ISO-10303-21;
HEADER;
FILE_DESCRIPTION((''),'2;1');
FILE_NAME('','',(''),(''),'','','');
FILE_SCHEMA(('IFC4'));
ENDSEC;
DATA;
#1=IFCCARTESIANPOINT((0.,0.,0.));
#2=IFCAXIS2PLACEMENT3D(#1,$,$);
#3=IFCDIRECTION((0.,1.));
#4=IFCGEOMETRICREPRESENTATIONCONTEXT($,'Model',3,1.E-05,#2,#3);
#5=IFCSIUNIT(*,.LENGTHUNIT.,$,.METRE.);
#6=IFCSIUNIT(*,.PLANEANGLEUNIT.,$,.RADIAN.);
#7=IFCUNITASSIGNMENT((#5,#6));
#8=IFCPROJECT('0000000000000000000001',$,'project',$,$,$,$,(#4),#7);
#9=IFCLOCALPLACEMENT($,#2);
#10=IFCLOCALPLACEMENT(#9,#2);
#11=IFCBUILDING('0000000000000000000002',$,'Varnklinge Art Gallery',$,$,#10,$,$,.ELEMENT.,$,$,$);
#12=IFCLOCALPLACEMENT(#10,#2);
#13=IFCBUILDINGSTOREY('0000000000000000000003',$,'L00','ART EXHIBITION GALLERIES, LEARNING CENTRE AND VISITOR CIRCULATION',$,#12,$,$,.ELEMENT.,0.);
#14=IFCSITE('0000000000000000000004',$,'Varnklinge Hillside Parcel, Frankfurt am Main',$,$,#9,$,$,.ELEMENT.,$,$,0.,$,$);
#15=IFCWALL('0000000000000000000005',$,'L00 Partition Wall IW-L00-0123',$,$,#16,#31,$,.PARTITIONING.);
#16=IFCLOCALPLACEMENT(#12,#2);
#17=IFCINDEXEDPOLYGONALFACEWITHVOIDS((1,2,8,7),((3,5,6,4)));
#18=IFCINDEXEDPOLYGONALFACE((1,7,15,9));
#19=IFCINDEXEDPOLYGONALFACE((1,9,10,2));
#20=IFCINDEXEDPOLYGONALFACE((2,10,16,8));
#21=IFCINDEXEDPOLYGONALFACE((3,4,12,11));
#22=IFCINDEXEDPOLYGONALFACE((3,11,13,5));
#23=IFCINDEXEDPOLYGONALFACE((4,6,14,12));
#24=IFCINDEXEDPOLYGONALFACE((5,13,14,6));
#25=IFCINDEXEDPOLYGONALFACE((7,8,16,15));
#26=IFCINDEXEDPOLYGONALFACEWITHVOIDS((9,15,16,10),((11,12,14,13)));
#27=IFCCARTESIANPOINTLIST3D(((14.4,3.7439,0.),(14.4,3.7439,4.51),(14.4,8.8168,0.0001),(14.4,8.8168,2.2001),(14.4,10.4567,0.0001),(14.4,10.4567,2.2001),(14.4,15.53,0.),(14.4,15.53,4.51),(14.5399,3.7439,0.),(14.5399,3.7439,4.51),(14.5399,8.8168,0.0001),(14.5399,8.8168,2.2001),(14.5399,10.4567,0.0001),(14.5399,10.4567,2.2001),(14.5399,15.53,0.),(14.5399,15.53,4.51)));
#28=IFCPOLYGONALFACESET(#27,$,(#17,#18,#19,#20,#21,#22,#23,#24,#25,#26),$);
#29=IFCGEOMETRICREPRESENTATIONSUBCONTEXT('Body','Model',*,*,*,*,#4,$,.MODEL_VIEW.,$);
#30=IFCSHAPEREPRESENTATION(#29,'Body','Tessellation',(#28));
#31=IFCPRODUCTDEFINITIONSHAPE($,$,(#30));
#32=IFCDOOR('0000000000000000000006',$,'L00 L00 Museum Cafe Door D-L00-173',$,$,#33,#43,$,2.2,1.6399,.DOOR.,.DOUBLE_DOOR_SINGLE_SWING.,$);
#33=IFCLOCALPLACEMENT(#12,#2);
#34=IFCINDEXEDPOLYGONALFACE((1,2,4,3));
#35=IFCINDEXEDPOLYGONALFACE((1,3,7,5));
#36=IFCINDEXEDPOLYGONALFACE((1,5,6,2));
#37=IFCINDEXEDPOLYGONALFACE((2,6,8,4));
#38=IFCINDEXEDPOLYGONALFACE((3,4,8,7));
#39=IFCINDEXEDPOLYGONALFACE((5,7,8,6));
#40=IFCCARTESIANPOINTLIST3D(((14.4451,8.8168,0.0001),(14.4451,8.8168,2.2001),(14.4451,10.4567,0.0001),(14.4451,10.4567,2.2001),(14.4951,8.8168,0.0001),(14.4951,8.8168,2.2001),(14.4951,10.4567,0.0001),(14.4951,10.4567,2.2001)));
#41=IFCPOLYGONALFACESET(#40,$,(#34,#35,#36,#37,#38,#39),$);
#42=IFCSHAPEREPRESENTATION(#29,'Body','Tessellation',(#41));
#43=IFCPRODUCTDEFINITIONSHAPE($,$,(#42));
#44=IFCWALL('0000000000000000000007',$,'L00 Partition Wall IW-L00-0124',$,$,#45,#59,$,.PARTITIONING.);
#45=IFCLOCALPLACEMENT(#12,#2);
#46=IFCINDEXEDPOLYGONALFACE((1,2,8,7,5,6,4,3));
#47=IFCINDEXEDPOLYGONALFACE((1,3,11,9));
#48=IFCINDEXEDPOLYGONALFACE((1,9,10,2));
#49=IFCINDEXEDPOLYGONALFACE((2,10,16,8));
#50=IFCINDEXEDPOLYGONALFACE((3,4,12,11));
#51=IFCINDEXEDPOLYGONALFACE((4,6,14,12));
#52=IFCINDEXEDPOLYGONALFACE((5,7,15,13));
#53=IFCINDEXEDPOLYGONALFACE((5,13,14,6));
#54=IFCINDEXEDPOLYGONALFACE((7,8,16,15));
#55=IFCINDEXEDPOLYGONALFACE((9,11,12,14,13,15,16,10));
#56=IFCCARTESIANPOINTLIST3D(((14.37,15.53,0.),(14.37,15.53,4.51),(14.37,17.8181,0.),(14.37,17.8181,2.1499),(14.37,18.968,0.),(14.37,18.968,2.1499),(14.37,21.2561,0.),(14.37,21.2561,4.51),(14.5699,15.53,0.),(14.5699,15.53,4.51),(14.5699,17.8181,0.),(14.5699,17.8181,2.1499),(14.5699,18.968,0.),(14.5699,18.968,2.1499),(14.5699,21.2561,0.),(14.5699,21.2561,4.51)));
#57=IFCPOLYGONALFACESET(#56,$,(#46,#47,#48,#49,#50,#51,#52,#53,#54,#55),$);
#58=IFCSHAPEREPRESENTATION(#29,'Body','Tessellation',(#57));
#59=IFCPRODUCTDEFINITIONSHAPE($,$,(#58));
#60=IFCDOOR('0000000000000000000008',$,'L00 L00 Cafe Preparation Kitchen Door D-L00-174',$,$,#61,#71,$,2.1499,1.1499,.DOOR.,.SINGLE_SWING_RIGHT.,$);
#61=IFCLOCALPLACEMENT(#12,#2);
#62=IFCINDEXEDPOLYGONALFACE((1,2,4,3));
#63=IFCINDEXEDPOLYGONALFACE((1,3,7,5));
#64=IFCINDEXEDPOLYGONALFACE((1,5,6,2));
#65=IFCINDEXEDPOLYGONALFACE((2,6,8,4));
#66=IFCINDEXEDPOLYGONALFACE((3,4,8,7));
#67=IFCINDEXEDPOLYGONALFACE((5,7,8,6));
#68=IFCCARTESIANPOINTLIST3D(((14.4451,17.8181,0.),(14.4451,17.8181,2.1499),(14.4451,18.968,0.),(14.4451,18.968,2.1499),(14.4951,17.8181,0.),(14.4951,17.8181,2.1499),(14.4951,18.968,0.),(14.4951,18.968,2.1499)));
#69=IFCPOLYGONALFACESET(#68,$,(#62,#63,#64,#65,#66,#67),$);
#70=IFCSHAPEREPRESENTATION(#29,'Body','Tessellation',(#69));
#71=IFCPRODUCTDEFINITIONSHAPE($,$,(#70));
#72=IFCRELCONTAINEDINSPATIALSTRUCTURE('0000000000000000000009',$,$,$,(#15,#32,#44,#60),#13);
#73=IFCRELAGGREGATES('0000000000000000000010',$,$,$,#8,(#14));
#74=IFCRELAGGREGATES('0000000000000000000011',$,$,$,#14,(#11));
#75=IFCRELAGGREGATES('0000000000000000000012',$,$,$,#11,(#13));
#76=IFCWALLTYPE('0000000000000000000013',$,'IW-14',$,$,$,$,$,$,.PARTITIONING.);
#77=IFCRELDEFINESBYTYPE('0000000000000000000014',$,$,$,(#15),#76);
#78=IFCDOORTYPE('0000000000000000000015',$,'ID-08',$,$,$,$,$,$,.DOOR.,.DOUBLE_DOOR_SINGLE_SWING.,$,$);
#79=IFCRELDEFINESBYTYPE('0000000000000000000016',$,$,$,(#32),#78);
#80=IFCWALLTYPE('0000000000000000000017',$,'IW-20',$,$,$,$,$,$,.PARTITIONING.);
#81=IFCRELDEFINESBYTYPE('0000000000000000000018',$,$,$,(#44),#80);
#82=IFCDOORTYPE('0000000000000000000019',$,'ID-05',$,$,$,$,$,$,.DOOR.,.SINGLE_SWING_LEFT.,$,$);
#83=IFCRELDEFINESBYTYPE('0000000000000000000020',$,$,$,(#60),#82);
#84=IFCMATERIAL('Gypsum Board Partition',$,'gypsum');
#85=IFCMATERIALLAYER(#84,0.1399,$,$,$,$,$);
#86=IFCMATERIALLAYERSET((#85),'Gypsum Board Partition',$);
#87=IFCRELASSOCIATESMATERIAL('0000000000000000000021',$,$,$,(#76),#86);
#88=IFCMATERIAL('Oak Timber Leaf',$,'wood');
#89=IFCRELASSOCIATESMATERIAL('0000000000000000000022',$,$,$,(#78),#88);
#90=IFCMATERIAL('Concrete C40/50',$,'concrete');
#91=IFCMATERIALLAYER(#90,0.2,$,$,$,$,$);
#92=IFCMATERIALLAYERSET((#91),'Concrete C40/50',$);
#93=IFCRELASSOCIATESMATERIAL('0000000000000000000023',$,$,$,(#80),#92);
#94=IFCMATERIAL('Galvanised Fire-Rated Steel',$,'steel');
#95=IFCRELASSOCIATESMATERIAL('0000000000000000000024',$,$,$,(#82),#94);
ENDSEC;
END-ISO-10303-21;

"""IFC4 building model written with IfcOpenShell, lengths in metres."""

from ifc_helpers import new_model, si_unit, direction, frame, frame_2d, origin, place, context, subcontext, project, spatial, rectangle, extrude, material, layer, layer_set, type_object, element, fill, save


model = new_model("IFC4")

# Units and contexts
model_context = context("Model", 3, precision=1e-05, world=origin(), true_north=direction((0.0, 1.0)))
body_context = subcontext(model_context, "Body", "Model", "MODEL_VIEW")
ifc_project = project(units=[si_unit("LENGTHUNIT", "METRE"), si_unit("PLANEANGLEUNIT", "RADIAN")], contexts=[model_context])

# Site, building, storey
site_placement = place(None, origin())
site = spatial("IfcSite", under=ifc_project, at=site_placement, Name="Varnklinge Hillside Parcel, Frankfurt am Main", CompositionType="ELEMENT", RefElevation=0.0)
building_placement = place(site_placement, origin())
building = spatial("IfcBuilding", under=site, at=building_placement, Name="Varnklinge Art Gallery", CompositionType="ELEMENT")
storey_placement = place(building_placement, origin())
storey = spatial("IfcBuildingStorey", under=building, at=storey_placement, Name="L00", Description="ART EXHIBITION GALLERIES, LEARNING CENTRE AND VISITOR CIRCULATION", CompositionType="ELEMENT", Elevation=0.0)

# Walls, openings, doors
ifc_material_1 = material(Name="Gypsum Board Partition", Category="gypsum")
ifc_layer_1 = layer(ifc_material_1, 0.1399)
ifc_layer_set_1 = layer_set([ifc_layer_1], Name="Gypsum Board Partition")
wall_type_1 = type_object("IfcWallType", Name="IW-14", PredefinedType="PARTITIONING", material=ifc_layer_set_1)
wall_1_placement = place(storey_placement, frame((14.47, 3.7439, 0.0), z_axis=(0.0, 0.0, 1.0), x_axis=(0.0, 1.0, 0.0)))
wall_1 = element("IfcWall", 1, at=wall_1_placement, inside=storey, type_object=wall_type_1, Name="L00 Partition Wall IW-L00-0123", PredefinedType="PARTITIONING", context=body_context, shape_type="SweptSolid", body=[
    extrude(rectangle(XDim=11.7861, YDim=0.1399, at=frame_2d((5.8931, 0.0))), origin(), (0.0, 0.0, 1.0), 4.51),
])
opening_1_placement = place(wall_1_placement, frame((5.073, 0.0, 0.0)))
opening_1 = element("IfcOpeningElement", 2, at=opening_1_placement, cuts=wall_1, PredefinedType="OPENING", context=body_context, shape_type="SweptSolid", body=[
    extrude(rectangle(XDim=1.6399, YDim=2.2, at=frame_2d((0.8198, 1.1001))), frame((0.0, 0.0798, 0.0), z_axis=(0.0, -1.0, 0.0), x_axis=(1.0, 0.0, 0.0)), (0.0, 0.0, 1.0), 0.1599),
])
ifc_material_2 = material(Name="Oak Timber Leaf", Category="wood")
door_type_1 = type_object("IfcDoorType", Name="ID-08", OperationType="DOUBLE_DOOR_SINGLE_SWING", PredefinedType="DOOR", material=ifc_material_2)
door_1_placement = place(opening_1_placement, origin())
door_1 = element("IfcDoor", 3, at=door_1_placement, inside=storey, type_object=door_type_1, Name="L00 L00 Museum Cafe Door D-L00-173", OperationType="DOUBLE_DOOR_SINGLE_SWING", OverallHeight=2.2, OverallWidth=1.6399, PredefinedType="DOOR", context=body_context, shape_type="SweptSolid", body=[
    extrude(rectangle(XDim=1.6399, YDim=2.2, at=frame_2d((0.8198, 1.1001))), frame((0.0, 0.0249, 0.0), z_axis=(0.0, -1.0, 0.0), x_axis=(1.0, 0.0, 0.0)), (0.0, 0.0, 1.0), 0.05),
])
fill(opening_1, door_1)
ifc_material_3 = material(Name="Concrete C40/50", Category="concrete")
ifc_layer_2 = layer(ifc_material_3, 0.2)
ifc_layer_set_2 = layer_set([ifc_layer_2], Name="Concrete C40/50")
wall_type_2 = type_object("IfcWallType", Name="IW-20", PredefinedType="PARTITIONING", material=ifc_layer_set_2)
wall_2_placement = place(storey_placement, frame((14.47, 15.53, 0.0), z_axis=(0.0, 0.0, 1.0), x_axis=(0.0, 1.0, 0.0)))
wall_2 = element("IfcWall", 4, at=wall_2_placement, inside=storey, type_object=wall_type_2, Name="L00 Partition Wall IW-L00-0124", PredefinedType="PARTITIONING", context=body_context, shape_type="SweptSolid", body=[
    extrude(rectangle(XDim=5.7261, YDim=0.2, at=frame_2d((2.863, 0.0))), origin(), (0.0, 0.0, 1.0), 4.51),
])
opening_2_placement = place(wall_2_placement, frame((2.2881, 0.0, 0.0)))
opening_2 = element("IfcOpeningElement", 5, at=opening_2_placement, cuts=wall_2, PredefinedType="OPENING", context=body_context, shape_type="SweptSolid", body=[
    extrude(rectangle(XDim=1.1499, YDim=2.1499, at=frame_2d((0.575, 1.075))), frame((0.0, 0.1101, 0.0), z_axis=(0.0, -1.0, 0.0), x_axis=(1.0, 0.0, 0.0)), (0.0, 0.0, 1.0), 0.22),
])
ifc_material_4 = material(Name="Galvanised Fire-Rated Steel", Category="steel")
door_type_2 = type_object("IfcDoorType", Name="ID-05", OperationType="SINGLE_SWING_LEFT", PredefinedType="DOOR", material=ifc_material_4)
door_2_placement = place(opening_2_placement, origin())
door_2 = element("IfcDoor", 6, at=door_2_placement, inside=storey, type_object=door_type_2, Name="L00 L00 Cafe Preparation Kitchen Door D-L00-174", OperationType="SINGLE_SWING_RIGHT", OverallHeight=2.1499, OverallWidth=1.1499, PredefinedType="DOOR", context=body_context, shape_type="SweptSolid", body=[
    extrude(rectangle(XDim=1.1499, YDim=2.1499, at=frame_2d((0.575, 1.075))), frame((0.0, 0.0249, 0.0), z_axis=(0.0, -1.0, 0.0), x_axis=(1.0, 0.0, 0.0)), (0.0, 0.0, 1.0), 0.05),
])
fill(opening_2, door_2)

save(model, "model.ifc")
